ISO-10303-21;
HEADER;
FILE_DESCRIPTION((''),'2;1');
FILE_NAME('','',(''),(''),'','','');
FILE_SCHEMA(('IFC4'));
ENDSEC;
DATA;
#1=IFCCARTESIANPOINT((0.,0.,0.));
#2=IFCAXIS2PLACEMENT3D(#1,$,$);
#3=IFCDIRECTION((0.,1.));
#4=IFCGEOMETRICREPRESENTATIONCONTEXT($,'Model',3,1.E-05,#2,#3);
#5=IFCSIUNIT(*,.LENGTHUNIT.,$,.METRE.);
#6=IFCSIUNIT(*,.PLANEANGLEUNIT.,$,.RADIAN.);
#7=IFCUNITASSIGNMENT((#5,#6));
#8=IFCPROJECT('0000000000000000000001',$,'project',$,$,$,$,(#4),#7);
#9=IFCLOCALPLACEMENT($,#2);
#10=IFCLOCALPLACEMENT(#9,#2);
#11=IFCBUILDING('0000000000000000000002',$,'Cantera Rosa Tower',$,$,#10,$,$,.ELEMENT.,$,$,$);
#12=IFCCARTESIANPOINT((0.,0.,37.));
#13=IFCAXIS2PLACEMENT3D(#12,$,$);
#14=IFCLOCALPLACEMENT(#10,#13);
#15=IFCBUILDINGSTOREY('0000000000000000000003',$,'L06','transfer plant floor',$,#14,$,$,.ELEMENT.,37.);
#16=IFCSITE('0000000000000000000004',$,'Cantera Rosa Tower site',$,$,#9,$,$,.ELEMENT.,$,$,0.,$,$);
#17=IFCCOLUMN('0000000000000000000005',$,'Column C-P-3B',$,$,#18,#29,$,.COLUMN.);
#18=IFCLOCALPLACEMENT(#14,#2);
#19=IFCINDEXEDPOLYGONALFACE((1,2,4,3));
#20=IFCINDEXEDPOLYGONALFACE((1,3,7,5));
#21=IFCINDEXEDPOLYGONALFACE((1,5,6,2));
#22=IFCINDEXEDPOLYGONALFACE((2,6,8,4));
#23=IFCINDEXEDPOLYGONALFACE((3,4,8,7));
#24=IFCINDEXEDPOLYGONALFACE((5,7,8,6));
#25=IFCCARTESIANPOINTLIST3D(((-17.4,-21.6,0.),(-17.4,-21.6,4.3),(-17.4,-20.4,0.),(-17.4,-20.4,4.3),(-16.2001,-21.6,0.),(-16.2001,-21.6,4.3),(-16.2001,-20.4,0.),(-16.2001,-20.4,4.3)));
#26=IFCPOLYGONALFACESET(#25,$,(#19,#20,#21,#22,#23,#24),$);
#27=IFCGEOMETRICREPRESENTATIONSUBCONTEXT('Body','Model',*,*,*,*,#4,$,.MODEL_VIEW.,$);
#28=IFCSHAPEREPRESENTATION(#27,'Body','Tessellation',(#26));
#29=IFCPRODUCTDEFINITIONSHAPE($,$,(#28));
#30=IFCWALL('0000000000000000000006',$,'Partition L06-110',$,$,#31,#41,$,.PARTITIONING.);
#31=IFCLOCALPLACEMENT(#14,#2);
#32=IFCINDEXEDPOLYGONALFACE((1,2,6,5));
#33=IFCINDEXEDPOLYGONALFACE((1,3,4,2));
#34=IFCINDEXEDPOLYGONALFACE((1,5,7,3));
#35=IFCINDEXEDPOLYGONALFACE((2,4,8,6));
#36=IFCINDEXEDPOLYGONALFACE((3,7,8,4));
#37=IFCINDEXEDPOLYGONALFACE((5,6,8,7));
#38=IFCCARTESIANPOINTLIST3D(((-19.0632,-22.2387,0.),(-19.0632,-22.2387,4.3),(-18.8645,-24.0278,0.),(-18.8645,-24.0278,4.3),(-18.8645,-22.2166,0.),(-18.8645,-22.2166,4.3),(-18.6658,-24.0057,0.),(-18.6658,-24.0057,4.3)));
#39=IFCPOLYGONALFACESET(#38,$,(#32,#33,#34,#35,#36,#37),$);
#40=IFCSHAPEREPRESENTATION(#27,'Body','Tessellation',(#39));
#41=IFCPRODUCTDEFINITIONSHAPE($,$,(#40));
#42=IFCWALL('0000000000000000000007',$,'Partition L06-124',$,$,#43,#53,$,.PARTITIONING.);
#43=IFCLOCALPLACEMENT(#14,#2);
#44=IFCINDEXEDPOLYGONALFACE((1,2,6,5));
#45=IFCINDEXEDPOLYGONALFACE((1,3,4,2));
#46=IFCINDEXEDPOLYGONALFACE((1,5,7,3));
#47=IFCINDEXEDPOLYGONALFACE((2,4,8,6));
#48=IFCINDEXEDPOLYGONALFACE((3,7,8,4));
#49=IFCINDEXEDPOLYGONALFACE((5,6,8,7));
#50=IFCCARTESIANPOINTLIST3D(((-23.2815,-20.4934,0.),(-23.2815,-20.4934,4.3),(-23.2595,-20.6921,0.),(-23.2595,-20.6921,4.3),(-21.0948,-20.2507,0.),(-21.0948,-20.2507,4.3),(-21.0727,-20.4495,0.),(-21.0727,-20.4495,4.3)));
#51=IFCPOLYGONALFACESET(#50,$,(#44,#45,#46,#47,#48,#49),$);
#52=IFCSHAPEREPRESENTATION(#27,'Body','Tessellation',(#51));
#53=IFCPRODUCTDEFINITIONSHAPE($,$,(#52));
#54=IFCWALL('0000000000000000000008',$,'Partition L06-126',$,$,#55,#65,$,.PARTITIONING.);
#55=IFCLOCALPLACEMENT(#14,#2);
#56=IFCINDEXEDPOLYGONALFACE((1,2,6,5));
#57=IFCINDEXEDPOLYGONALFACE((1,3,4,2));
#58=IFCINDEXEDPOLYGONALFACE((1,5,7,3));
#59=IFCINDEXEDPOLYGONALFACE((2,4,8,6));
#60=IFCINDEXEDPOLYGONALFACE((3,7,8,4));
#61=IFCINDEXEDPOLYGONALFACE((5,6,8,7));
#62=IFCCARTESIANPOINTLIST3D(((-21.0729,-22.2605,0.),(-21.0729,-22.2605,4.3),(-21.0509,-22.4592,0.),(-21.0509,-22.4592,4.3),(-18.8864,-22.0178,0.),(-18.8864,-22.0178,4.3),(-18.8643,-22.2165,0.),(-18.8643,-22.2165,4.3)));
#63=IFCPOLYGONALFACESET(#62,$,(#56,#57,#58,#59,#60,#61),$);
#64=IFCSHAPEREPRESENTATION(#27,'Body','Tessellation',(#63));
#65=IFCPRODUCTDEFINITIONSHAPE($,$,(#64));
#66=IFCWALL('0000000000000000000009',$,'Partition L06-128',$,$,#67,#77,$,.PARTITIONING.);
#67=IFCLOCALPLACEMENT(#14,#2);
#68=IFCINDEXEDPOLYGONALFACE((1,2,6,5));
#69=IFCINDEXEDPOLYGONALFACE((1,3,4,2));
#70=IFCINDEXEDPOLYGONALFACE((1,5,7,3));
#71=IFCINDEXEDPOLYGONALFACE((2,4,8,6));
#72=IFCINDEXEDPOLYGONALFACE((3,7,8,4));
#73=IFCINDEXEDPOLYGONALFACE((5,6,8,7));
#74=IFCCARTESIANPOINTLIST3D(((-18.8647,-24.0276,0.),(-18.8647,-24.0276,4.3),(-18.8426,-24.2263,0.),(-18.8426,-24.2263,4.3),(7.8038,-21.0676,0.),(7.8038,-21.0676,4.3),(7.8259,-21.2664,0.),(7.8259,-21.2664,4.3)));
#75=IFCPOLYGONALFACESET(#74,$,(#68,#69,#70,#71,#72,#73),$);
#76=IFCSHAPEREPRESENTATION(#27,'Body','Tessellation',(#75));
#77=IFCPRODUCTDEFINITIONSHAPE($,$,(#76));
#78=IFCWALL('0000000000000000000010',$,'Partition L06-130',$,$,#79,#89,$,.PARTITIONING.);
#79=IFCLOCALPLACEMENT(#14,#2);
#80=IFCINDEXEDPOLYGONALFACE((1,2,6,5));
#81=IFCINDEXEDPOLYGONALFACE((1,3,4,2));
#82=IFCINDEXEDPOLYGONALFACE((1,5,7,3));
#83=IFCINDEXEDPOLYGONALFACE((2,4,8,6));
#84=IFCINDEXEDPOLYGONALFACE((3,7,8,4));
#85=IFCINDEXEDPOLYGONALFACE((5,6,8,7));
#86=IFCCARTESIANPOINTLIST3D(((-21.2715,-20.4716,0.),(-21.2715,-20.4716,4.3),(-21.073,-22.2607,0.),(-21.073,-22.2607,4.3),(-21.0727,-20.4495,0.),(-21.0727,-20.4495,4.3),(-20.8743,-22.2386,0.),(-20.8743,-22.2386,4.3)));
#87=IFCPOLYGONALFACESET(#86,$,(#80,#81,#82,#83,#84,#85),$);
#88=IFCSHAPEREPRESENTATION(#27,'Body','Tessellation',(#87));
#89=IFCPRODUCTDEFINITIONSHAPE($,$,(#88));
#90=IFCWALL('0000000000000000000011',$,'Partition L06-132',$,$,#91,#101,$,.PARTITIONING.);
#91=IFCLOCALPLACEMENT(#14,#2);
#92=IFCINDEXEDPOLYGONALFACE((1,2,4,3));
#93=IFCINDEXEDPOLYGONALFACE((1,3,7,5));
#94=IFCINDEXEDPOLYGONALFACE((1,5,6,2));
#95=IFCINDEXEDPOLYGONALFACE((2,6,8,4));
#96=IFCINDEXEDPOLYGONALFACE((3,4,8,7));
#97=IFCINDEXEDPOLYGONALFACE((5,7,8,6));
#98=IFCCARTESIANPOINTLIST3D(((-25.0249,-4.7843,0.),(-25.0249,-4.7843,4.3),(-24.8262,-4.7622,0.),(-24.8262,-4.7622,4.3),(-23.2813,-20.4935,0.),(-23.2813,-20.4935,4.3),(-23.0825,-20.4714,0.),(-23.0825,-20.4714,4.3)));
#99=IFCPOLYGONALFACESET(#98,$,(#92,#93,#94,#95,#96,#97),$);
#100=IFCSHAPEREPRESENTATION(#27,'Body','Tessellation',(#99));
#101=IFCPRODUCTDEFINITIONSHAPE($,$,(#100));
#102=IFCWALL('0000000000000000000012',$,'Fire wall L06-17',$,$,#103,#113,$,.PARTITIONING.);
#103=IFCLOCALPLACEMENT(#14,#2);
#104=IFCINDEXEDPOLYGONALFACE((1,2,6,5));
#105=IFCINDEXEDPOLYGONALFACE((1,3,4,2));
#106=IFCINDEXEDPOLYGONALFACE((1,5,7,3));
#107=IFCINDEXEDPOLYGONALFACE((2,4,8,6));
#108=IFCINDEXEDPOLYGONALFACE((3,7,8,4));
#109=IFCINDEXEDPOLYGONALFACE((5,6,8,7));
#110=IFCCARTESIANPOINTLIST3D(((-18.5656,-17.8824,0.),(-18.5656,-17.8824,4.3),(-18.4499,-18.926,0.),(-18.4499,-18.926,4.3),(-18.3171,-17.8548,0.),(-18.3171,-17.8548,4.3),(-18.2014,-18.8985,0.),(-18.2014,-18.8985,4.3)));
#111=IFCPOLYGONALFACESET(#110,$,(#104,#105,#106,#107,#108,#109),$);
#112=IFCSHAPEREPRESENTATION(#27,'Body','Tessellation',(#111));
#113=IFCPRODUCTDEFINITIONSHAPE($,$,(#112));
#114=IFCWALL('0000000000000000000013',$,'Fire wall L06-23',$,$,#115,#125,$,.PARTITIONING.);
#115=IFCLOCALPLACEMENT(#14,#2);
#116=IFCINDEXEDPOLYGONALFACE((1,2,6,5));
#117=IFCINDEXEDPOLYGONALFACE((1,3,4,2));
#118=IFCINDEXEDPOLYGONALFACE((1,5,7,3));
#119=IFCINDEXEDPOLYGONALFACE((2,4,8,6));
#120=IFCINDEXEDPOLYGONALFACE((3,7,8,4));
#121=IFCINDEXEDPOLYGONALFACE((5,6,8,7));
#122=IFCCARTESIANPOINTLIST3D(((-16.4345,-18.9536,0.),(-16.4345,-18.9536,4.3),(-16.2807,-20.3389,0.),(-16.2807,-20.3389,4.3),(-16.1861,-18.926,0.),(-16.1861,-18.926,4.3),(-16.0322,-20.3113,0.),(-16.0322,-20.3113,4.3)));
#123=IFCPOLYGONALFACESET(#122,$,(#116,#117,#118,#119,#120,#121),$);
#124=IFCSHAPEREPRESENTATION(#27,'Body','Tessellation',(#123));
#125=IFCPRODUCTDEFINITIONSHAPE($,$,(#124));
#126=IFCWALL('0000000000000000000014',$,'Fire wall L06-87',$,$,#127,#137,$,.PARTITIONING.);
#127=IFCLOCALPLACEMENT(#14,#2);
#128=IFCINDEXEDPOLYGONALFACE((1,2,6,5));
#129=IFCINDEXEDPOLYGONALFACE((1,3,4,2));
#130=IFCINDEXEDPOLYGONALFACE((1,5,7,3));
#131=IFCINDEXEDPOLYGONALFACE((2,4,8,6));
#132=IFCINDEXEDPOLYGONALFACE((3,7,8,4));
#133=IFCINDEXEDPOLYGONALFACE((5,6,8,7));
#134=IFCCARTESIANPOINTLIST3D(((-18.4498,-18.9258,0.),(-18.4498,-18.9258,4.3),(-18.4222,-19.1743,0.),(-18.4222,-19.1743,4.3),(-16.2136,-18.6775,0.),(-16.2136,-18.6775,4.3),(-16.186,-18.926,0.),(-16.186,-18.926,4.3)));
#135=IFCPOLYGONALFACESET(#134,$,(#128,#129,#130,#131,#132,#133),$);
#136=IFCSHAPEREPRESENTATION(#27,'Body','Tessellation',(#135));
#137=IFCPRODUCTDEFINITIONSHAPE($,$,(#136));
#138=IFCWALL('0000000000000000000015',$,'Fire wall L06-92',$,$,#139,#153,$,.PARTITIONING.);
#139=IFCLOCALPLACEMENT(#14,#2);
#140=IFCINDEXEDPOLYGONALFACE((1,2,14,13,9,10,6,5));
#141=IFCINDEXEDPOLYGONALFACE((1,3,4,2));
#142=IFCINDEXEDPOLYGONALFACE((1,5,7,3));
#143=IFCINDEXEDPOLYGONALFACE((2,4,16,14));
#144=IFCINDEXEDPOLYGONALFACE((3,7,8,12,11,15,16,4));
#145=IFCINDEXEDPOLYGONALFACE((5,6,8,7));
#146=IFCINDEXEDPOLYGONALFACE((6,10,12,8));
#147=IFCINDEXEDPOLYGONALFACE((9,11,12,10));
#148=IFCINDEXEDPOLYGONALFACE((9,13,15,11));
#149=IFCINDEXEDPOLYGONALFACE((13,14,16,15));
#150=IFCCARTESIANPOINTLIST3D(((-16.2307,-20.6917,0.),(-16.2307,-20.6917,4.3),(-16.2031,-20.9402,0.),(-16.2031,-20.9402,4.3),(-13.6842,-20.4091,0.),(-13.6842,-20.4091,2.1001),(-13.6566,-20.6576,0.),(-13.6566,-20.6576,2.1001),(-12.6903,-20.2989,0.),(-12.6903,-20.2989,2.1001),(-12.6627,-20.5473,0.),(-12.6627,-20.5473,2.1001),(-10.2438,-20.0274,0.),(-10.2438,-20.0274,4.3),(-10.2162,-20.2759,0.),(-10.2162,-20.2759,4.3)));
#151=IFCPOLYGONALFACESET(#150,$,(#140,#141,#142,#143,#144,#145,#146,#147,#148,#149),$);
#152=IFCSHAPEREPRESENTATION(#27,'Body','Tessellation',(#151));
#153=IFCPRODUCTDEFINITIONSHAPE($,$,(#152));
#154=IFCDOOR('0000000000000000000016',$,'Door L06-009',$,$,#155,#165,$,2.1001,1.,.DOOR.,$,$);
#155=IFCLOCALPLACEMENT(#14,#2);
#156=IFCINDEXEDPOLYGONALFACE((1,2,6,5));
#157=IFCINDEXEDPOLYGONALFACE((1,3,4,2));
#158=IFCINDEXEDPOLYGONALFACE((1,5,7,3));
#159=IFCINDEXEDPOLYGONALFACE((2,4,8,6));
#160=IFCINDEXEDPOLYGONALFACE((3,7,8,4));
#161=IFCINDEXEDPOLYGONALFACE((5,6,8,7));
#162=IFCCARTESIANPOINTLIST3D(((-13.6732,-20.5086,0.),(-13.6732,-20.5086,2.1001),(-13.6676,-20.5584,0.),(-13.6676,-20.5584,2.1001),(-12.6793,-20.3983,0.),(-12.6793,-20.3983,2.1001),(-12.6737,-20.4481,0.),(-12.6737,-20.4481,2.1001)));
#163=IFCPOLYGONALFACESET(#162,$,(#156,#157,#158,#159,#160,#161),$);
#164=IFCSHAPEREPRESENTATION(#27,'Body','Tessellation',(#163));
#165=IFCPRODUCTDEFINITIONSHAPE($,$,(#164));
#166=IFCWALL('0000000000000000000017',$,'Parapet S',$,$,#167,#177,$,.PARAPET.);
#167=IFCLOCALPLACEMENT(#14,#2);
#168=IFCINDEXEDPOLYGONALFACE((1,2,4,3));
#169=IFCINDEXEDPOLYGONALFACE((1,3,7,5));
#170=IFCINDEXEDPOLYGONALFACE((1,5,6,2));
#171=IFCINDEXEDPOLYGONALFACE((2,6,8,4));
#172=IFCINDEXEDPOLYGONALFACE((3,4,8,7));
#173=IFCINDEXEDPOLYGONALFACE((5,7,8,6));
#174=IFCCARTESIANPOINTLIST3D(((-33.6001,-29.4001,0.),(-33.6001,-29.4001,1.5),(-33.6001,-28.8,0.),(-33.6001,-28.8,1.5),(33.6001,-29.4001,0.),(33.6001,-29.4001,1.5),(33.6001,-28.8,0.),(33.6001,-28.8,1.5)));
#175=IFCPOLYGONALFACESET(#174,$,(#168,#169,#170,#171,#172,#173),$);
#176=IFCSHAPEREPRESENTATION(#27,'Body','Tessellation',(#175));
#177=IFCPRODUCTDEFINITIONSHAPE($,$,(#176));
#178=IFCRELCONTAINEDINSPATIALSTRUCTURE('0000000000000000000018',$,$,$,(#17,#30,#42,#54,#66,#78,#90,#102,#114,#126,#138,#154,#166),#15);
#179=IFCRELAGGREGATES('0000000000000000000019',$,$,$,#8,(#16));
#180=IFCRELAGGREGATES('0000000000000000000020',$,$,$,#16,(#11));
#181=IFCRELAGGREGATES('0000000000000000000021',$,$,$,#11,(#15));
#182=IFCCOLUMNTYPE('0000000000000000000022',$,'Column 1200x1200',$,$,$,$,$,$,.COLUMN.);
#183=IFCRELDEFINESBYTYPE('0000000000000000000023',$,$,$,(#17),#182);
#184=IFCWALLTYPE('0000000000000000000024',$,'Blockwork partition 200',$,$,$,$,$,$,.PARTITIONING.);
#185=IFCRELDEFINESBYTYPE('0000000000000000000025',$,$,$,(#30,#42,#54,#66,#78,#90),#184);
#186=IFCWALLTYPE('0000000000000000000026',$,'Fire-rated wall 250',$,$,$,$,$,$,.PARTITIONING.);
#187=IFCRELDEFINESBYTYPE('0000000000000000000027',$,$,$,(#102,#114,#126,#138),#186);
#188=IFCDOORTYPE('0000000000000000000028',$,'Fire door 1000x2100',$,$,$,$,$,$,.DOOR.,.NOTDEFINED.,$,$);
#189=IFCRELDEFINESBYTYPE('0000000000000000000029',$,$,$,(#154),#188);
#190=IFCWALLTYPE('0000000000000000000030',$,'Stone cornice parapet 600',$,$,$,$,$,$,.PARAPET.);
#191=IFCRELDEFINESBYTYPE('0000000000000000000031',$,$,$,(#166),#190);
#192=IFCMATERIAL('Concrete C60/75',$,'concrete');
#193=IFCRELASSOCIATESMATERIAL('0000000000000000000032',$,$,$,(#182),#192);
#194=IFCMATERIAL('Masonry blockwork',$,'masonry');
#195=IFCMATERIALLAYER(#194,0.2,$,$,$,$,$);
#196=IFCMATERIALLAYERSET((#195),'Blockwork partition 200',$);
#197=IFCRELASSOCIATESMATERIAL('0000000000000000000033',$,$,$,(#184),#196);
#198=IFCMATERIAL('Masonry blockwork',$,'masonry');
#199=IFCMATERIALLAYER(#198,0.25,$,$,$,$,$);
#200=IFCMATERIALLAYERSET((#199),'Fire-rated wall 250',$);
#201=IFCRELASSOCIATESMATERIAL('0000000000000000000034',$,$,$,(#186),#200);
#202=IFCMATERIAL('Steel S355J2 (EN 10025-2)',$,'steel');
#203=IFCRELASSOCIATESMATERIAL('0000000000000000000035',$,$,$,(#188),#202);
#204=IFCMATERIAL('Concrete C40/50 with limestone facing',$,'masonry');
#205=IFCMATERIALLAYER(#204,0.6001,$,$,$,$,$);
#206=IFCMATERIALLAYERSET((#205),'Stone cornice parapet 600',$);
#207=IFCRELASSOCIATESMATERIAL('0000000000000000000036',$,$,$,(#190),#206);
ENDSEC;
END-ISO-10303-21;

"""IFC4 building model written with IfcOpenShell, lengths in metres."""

from ifc_helpers import new_model, si_unit, direction, frame, frame_2d, origin, origin_2d, place, context, subcontext, project, spatial, rectangle, extrude, material, layer, layer_set, material_profile, profile_set, type_object, element, fill, save


model = new_model("IFC4")

# Units and contexts
model_context = context("Model", 3, precision=1e-05, world=origin(), true_north=direction((0.0, 1.0)))
body_context = subcontext(model_context, "Body", "Model", "MODEL_VIEW")
ifc_project = project(units=[si_unit("LENGTHUNIT", "METRE"), si_unit("PLANEANGLEUNIT", "RADIAN")], contexts=[model_context])

# Site, building, storey
site_placement = place(None, origin())
site = spatial("IfcSite", under=ifc_project, at=site_placement, Name="Cantera Rosa Tower site", CompositionType="ELEMENT", RefElevation=0.0)
building_placement = place(site_placement, origin())
building = spatial("IfcBuilding", under=site, at=building_placement, Name="Cantera Rosa Tower", CompositionType="ELEMENT")
storey_placement = place(building_placement, frame((0.0, 0.0, 37.0)))
storey = spatial("IfcBuildingStorey", under=building, at=storey_placement, Name="L06", Description="transfer plant floor", CompositionType="ELEMENT", Elevation=37.0)

# Column
ifc_material_1 = material(Name="Concrete C60/75", Category="concrete")
ifc_material_profile = material_profile(ifc_material_1, rectangle(XDim=1.2, YDim=1.2, at=origin_2d()), Name="Column 1200x1200")
ifc_profile_set = profile_set([ifc_material_profile], Name="Concrete C60/75")
column_type = type_object("IfcColumnType", Name="Column 1200x1200", PredefinedType="COLUMN", material=ifc_profile_set)
column_placement = place(storey_placement, frame((-16.8, -21.0, 0.0), z_axis=(0.0, 0.0, 1.0), x_axis=(1.0, 0.0, 0.0)))
element("IfcColumn", 1, at=column_placement, inside=storey, type_object=column_type, Name="Column C-P-3B", PredefinedType="COLUMN", context=body_context, shape_type="SweptSolid", body=[
    extrude(rectangle(XDim=1.2, YDim=1.2, at=origin_2d()), origin(), (0.0, 0.0, 1.0), 4.3),
])

# Walls
ifc_material_2 = material(Name="Masonry blockwork", Category="masonry")
ifc_layer_1 = layer(ifc_material_2, 0.2)
ifc_layer_set_1 = layer_set([ifc_layer_1], Name="Blockwork partition 200")
wall_type_1 = type_object("IfcWallType", Name="Blockwork partition 200", PredefinedType="PARTITIONING", material=ifc_layer_set_1)
wall_1_placement = place(storey_placement, frame((-18.7651, -24.0166, 0.0), z_axis=(0.0, 0.0, 1.0), x_axis=(-0.110402, 0.993887, 0.0)))
element("IfcWall", 2, at=wall_1_placement, inside=storey, type_object=wall_type_1, Name="Partition L06-110", PredefinedType="PARTITIONING", context=body_context, shape_type="SweptSolid", body=[
    extrude(rectangle(XDim=1.8, YDim=0.2, at=frame_2d((0.8999, 0.0))), origin(), (0.0, 0.0, 1.0), 4.3),
])
wall_2_placement = place(storey_placement, frame((-23.2705, -20.5928, 0.0), z_axis=(0.0, 0.0, 1.0), x_axis=(0.993899, 0.110298, 0.0)))
element("IfcWall", 3, at=wall_2_placement, inside=storey, type_object=wall_type_1, Name="Partition L06-124", PredefinedType="PARTITIONING", context=body_context, shape_type="SweptSolid", body=[
    extrude(rectangle(XDim=2.2002, YDim=0.2, at=frame_2d((1.1001, 0.0))), origin(), (0.0, 0.0, 1.0), 4.3),
])
wall_3_placement = place(storey_placement, frame((-21.062, -22.3599, 0.0), z_axis=(0.0, 0.0, 1.0), x_axis=(0.993897, 0.11031, 0.0)))
element("IfcWall", 4, at=wall_3_placement, inside=storey, type_object=wall_type_1, Name="Partition L06-126", PredefinedType="PARTITIONING", context=body_context, shape_type="SweptSolid", body=[
    extrude(rectangle(XDim=2.2, YDim=0.2, at=frame_2d((1.1001, 0.0))), origin(), (0.0, 0.0, 1.0), 4.3),
])
wall_4_placement = place(storey_placement, frame((-18.8535, -24.127, 0.0), z_axis=(0.0, 0.0, 1.0), x_axis=(0.993897, 0.110314, 0.0)))
element("IfcWall", 5, at=wall_4_placement, inside=storey, type_object=wall_type_1, Name="Partition L06-128", PredefinedType="PARTITIONING", context=body_context, shape_type="SweptSolid", body=[
    extrude(rectangle(XDim=26.8323, YDim=0.2, at=frame_2d((13.416, 0.0))), origin(), (0.0, 0.0, 1.0), 4.3),
])
wall_5_placement = place(storey_placement, frame((-20.9736, -22.2495, 0.0), z_axis=(0.0, 0.0, 1.0), x_axis=(-0.110268, 0.993902, 0.0)))
element("IfcWall", 6, at=wall_5_placement, inside=storey, type_object=wall_type_1, Name="Partition L06-130", PredefinedType="PARTITIONING", context=body_context, shape_type="SweptSolid", body=[
    extrude(rectangle(XDim=1.8, YDim=0.2, at=frame_2d((0.8999, 0.0))), origin(), (0.0, 0.0, 1.0), 4.3),
])
wall_6_placement = place(storey_placement, frame((-23.1819, -20.4824, 0.0), z_axis=(0.0, 0.0, 1.0), x_axis=(-0.110318, 0.993896, 0.0)))
element("IfcWall", 7, at=wall_6_placement, inside=storey, type_object=wall_type_1, Name="Partition L06-132", PredefinedType="PARTITIONING", context=body_context, shape_type="SweptSolid", body=[
    extrude(rectangle(XDim=15.8057, YDim=0.2, at=frame_2d((7.9028, 0.0))), origin(), (0.0, 0.0, 1.0), 4.3),
])
ifc_material_3 = material(Name="Masonry blockwork", Category="masonry")
ifc_layer_2 = layer(ifc_material_3, 0.25)
ifc_layer_set_2 = layer_set([ifc_layer_2], Name="Fire-rated wall 250")
wall_type_2 = type_object("IfcWallType", Name="Fire-rated wall 250", PredefinedType="PARTITIONING", material=ifc_layer_set_2)
wall_7_placement = place(storey_placement, frame((-18.3257, -18.9121, 0.0), z_axis=(0.0, 0.0, 1.0), x_axis=(-0.110202, 0.993909, 0.0)))
element("IfcWall", 8, at=wall_7_placement, inside=storey, type_object=wall_type_2, Name="Fire wall L06-17", PredefinedType="PARTITIONING", context=body_context, shape_type="SweptSolid", body=[
    extrude(rectangle(XDim=1.05, YDim=0.25, at=frame_2d((0.5249, 0.0))), origin(), (0.0, 0.0, 1.0), 4.3),
])
wall_8_placement = place(storey_placement, frame((-16.1565, -20.325, 0.0), z_axis=(0.0, 0.0, 1.0), x_axis=(-0.110355, 0.993892, 0.0)))
element("IfcWall", 9, at=wall_8_placement, inside=storey, type_object=wall_type_2, Name="Fire wall L06-23", PredefinedType="PARTITIONING", context=body_context, shape_type="SweptSolid", body=[
    extrude(rectangle(XDim=1.3938, YDim=0.25, at=frame_2d((0.6968, 0.0))), origin(), (0.0, 0.0, 1.0), 4.3),
])
wall_9_placement = place(storey_placement, frame((-18.436, -19.05, 0.0), z_axis=(0.0, 0.0, 1.0), x_axis=(0.993893, 0.110348, 0.0)))
element("IfcWall", 10, at=wall_9_placement, inside=storey, type_object=wall_type_2, Name="Fire wall L06-87", PredefinedType="PARTITIONING", context=body_context, shape_type="SweptSolid", body=[
    extrude(rectangle(XDim=2.25, YDim=0.25, at=frame_2d((1.125, 0.0))), origin(), (0.0, 0.0, 1.0), 4.3),
])

# Wall, opening, door
wall_10_placement = place(storey_placement, frame((-16.2168, -20.8159, 0.0), z_axis=(0.0, 0.0, 1.0), x_axis=(0.993901, 0.11028, 0.0)))
wall_10 = element("IfcWall", 11, at=wall_10_placement, inside=storey, type_object=wall_type_2, Name="Fire wall L06-92", PredefinedType="PARTITIONING", context=body_context, shape_type="SweptSolid", body=[
    extrude(rectangle(XDim=6.0237, YDim=0.25, at=frame_2d((3.0117, 0.0))), origin(), (0.0, 0.0, 1.0), 4.3),
])
opening_placement = place(wall_10_placement, frame((2.562, 0.0, 0.0)))
opening = element("IfcOpeningElement", 12, at=opening_placement, cuts=wall_10, PredefinedType="OPENING", context=body_context, shape_type="SweptSolid", body=[
    extrude(rectangle(XDim=1.0, YDim=2.1001, at=frame_2d((0.5, 1.05))), frame((0.0, 0.135, 0.0), z_axis=(0.0, -1.0, 0.0), x_axis=(1.0, 0.0, 0.0)), (0.0, 0.0, 1.0), 0.27),
])
ifc_material_4 = material(Name="Steel S355J2 (EN 10025-2)", Category="steel")
door_type = type_object("IfcDoorType", Name="Fire door 1000x2100", OperationType="NOTDEFINED", PredefinedType="DOOR", material=ifc_material_4)
door_placement = place(opening_placement, origin())
door = element("IfcDoor", 13, at=door_placement, inside=storey, type_object=door_type, Name="Door L06-009", OverallHeight=2.1001, OverallWidth=1.0, PredefinedType="DOOR", context=body_context, shape_type="SweptSolid", body=[
    extrude(rectangle(XDim=1.0, YDim=2.1001, at=frame_2d((0.5, 1.05))), frame((0.0, 0.0249, 0.0), z_axis=(0.0, -1.0, 0.0), x_axis=(1.0, 0.0, 0.0)), (0.0, 0.0, 1.0), 0.05),
])
fill(opening, door)

# Wall
ifc_material_5 = material(Name="Concrete C40/50 with limestone facing", Category="masonry")
ifc_layer_3 = layer(ifc_material_5, 0.6001)
ifc_layer_set_3 = layer_set([ifc_layer_3], Name="Stone cornice parapet 600")
wall_type_3 = type_object("IfcWallType", Name="Stone cornice parapet 600", PredefinedType="PARAPET", material=ifc_layer_set_3)
wall_11_placement = place(storey_placement, frame((-33.6001, -29.1001, 0.0), z_axis=(0.0, 0.0, 1.0), x_axis=(1.0, 0.0, 0.0)))
element("IfcWall", 14, at=wall_11_placement, inside=storey, type_object=wall_type_3, Name="Parapet S", PredefinedType="PARAPET", context=body_context, shape_type="SweptSolid", body=[
    extrude(rectangle(XDim=67.2002, YDim=0.6001, at=frame_2d((33.6001, 0.0))), origin(), (0.0, 0.0, 1.0), 1.5),
])

save(model, "model.ifc")
